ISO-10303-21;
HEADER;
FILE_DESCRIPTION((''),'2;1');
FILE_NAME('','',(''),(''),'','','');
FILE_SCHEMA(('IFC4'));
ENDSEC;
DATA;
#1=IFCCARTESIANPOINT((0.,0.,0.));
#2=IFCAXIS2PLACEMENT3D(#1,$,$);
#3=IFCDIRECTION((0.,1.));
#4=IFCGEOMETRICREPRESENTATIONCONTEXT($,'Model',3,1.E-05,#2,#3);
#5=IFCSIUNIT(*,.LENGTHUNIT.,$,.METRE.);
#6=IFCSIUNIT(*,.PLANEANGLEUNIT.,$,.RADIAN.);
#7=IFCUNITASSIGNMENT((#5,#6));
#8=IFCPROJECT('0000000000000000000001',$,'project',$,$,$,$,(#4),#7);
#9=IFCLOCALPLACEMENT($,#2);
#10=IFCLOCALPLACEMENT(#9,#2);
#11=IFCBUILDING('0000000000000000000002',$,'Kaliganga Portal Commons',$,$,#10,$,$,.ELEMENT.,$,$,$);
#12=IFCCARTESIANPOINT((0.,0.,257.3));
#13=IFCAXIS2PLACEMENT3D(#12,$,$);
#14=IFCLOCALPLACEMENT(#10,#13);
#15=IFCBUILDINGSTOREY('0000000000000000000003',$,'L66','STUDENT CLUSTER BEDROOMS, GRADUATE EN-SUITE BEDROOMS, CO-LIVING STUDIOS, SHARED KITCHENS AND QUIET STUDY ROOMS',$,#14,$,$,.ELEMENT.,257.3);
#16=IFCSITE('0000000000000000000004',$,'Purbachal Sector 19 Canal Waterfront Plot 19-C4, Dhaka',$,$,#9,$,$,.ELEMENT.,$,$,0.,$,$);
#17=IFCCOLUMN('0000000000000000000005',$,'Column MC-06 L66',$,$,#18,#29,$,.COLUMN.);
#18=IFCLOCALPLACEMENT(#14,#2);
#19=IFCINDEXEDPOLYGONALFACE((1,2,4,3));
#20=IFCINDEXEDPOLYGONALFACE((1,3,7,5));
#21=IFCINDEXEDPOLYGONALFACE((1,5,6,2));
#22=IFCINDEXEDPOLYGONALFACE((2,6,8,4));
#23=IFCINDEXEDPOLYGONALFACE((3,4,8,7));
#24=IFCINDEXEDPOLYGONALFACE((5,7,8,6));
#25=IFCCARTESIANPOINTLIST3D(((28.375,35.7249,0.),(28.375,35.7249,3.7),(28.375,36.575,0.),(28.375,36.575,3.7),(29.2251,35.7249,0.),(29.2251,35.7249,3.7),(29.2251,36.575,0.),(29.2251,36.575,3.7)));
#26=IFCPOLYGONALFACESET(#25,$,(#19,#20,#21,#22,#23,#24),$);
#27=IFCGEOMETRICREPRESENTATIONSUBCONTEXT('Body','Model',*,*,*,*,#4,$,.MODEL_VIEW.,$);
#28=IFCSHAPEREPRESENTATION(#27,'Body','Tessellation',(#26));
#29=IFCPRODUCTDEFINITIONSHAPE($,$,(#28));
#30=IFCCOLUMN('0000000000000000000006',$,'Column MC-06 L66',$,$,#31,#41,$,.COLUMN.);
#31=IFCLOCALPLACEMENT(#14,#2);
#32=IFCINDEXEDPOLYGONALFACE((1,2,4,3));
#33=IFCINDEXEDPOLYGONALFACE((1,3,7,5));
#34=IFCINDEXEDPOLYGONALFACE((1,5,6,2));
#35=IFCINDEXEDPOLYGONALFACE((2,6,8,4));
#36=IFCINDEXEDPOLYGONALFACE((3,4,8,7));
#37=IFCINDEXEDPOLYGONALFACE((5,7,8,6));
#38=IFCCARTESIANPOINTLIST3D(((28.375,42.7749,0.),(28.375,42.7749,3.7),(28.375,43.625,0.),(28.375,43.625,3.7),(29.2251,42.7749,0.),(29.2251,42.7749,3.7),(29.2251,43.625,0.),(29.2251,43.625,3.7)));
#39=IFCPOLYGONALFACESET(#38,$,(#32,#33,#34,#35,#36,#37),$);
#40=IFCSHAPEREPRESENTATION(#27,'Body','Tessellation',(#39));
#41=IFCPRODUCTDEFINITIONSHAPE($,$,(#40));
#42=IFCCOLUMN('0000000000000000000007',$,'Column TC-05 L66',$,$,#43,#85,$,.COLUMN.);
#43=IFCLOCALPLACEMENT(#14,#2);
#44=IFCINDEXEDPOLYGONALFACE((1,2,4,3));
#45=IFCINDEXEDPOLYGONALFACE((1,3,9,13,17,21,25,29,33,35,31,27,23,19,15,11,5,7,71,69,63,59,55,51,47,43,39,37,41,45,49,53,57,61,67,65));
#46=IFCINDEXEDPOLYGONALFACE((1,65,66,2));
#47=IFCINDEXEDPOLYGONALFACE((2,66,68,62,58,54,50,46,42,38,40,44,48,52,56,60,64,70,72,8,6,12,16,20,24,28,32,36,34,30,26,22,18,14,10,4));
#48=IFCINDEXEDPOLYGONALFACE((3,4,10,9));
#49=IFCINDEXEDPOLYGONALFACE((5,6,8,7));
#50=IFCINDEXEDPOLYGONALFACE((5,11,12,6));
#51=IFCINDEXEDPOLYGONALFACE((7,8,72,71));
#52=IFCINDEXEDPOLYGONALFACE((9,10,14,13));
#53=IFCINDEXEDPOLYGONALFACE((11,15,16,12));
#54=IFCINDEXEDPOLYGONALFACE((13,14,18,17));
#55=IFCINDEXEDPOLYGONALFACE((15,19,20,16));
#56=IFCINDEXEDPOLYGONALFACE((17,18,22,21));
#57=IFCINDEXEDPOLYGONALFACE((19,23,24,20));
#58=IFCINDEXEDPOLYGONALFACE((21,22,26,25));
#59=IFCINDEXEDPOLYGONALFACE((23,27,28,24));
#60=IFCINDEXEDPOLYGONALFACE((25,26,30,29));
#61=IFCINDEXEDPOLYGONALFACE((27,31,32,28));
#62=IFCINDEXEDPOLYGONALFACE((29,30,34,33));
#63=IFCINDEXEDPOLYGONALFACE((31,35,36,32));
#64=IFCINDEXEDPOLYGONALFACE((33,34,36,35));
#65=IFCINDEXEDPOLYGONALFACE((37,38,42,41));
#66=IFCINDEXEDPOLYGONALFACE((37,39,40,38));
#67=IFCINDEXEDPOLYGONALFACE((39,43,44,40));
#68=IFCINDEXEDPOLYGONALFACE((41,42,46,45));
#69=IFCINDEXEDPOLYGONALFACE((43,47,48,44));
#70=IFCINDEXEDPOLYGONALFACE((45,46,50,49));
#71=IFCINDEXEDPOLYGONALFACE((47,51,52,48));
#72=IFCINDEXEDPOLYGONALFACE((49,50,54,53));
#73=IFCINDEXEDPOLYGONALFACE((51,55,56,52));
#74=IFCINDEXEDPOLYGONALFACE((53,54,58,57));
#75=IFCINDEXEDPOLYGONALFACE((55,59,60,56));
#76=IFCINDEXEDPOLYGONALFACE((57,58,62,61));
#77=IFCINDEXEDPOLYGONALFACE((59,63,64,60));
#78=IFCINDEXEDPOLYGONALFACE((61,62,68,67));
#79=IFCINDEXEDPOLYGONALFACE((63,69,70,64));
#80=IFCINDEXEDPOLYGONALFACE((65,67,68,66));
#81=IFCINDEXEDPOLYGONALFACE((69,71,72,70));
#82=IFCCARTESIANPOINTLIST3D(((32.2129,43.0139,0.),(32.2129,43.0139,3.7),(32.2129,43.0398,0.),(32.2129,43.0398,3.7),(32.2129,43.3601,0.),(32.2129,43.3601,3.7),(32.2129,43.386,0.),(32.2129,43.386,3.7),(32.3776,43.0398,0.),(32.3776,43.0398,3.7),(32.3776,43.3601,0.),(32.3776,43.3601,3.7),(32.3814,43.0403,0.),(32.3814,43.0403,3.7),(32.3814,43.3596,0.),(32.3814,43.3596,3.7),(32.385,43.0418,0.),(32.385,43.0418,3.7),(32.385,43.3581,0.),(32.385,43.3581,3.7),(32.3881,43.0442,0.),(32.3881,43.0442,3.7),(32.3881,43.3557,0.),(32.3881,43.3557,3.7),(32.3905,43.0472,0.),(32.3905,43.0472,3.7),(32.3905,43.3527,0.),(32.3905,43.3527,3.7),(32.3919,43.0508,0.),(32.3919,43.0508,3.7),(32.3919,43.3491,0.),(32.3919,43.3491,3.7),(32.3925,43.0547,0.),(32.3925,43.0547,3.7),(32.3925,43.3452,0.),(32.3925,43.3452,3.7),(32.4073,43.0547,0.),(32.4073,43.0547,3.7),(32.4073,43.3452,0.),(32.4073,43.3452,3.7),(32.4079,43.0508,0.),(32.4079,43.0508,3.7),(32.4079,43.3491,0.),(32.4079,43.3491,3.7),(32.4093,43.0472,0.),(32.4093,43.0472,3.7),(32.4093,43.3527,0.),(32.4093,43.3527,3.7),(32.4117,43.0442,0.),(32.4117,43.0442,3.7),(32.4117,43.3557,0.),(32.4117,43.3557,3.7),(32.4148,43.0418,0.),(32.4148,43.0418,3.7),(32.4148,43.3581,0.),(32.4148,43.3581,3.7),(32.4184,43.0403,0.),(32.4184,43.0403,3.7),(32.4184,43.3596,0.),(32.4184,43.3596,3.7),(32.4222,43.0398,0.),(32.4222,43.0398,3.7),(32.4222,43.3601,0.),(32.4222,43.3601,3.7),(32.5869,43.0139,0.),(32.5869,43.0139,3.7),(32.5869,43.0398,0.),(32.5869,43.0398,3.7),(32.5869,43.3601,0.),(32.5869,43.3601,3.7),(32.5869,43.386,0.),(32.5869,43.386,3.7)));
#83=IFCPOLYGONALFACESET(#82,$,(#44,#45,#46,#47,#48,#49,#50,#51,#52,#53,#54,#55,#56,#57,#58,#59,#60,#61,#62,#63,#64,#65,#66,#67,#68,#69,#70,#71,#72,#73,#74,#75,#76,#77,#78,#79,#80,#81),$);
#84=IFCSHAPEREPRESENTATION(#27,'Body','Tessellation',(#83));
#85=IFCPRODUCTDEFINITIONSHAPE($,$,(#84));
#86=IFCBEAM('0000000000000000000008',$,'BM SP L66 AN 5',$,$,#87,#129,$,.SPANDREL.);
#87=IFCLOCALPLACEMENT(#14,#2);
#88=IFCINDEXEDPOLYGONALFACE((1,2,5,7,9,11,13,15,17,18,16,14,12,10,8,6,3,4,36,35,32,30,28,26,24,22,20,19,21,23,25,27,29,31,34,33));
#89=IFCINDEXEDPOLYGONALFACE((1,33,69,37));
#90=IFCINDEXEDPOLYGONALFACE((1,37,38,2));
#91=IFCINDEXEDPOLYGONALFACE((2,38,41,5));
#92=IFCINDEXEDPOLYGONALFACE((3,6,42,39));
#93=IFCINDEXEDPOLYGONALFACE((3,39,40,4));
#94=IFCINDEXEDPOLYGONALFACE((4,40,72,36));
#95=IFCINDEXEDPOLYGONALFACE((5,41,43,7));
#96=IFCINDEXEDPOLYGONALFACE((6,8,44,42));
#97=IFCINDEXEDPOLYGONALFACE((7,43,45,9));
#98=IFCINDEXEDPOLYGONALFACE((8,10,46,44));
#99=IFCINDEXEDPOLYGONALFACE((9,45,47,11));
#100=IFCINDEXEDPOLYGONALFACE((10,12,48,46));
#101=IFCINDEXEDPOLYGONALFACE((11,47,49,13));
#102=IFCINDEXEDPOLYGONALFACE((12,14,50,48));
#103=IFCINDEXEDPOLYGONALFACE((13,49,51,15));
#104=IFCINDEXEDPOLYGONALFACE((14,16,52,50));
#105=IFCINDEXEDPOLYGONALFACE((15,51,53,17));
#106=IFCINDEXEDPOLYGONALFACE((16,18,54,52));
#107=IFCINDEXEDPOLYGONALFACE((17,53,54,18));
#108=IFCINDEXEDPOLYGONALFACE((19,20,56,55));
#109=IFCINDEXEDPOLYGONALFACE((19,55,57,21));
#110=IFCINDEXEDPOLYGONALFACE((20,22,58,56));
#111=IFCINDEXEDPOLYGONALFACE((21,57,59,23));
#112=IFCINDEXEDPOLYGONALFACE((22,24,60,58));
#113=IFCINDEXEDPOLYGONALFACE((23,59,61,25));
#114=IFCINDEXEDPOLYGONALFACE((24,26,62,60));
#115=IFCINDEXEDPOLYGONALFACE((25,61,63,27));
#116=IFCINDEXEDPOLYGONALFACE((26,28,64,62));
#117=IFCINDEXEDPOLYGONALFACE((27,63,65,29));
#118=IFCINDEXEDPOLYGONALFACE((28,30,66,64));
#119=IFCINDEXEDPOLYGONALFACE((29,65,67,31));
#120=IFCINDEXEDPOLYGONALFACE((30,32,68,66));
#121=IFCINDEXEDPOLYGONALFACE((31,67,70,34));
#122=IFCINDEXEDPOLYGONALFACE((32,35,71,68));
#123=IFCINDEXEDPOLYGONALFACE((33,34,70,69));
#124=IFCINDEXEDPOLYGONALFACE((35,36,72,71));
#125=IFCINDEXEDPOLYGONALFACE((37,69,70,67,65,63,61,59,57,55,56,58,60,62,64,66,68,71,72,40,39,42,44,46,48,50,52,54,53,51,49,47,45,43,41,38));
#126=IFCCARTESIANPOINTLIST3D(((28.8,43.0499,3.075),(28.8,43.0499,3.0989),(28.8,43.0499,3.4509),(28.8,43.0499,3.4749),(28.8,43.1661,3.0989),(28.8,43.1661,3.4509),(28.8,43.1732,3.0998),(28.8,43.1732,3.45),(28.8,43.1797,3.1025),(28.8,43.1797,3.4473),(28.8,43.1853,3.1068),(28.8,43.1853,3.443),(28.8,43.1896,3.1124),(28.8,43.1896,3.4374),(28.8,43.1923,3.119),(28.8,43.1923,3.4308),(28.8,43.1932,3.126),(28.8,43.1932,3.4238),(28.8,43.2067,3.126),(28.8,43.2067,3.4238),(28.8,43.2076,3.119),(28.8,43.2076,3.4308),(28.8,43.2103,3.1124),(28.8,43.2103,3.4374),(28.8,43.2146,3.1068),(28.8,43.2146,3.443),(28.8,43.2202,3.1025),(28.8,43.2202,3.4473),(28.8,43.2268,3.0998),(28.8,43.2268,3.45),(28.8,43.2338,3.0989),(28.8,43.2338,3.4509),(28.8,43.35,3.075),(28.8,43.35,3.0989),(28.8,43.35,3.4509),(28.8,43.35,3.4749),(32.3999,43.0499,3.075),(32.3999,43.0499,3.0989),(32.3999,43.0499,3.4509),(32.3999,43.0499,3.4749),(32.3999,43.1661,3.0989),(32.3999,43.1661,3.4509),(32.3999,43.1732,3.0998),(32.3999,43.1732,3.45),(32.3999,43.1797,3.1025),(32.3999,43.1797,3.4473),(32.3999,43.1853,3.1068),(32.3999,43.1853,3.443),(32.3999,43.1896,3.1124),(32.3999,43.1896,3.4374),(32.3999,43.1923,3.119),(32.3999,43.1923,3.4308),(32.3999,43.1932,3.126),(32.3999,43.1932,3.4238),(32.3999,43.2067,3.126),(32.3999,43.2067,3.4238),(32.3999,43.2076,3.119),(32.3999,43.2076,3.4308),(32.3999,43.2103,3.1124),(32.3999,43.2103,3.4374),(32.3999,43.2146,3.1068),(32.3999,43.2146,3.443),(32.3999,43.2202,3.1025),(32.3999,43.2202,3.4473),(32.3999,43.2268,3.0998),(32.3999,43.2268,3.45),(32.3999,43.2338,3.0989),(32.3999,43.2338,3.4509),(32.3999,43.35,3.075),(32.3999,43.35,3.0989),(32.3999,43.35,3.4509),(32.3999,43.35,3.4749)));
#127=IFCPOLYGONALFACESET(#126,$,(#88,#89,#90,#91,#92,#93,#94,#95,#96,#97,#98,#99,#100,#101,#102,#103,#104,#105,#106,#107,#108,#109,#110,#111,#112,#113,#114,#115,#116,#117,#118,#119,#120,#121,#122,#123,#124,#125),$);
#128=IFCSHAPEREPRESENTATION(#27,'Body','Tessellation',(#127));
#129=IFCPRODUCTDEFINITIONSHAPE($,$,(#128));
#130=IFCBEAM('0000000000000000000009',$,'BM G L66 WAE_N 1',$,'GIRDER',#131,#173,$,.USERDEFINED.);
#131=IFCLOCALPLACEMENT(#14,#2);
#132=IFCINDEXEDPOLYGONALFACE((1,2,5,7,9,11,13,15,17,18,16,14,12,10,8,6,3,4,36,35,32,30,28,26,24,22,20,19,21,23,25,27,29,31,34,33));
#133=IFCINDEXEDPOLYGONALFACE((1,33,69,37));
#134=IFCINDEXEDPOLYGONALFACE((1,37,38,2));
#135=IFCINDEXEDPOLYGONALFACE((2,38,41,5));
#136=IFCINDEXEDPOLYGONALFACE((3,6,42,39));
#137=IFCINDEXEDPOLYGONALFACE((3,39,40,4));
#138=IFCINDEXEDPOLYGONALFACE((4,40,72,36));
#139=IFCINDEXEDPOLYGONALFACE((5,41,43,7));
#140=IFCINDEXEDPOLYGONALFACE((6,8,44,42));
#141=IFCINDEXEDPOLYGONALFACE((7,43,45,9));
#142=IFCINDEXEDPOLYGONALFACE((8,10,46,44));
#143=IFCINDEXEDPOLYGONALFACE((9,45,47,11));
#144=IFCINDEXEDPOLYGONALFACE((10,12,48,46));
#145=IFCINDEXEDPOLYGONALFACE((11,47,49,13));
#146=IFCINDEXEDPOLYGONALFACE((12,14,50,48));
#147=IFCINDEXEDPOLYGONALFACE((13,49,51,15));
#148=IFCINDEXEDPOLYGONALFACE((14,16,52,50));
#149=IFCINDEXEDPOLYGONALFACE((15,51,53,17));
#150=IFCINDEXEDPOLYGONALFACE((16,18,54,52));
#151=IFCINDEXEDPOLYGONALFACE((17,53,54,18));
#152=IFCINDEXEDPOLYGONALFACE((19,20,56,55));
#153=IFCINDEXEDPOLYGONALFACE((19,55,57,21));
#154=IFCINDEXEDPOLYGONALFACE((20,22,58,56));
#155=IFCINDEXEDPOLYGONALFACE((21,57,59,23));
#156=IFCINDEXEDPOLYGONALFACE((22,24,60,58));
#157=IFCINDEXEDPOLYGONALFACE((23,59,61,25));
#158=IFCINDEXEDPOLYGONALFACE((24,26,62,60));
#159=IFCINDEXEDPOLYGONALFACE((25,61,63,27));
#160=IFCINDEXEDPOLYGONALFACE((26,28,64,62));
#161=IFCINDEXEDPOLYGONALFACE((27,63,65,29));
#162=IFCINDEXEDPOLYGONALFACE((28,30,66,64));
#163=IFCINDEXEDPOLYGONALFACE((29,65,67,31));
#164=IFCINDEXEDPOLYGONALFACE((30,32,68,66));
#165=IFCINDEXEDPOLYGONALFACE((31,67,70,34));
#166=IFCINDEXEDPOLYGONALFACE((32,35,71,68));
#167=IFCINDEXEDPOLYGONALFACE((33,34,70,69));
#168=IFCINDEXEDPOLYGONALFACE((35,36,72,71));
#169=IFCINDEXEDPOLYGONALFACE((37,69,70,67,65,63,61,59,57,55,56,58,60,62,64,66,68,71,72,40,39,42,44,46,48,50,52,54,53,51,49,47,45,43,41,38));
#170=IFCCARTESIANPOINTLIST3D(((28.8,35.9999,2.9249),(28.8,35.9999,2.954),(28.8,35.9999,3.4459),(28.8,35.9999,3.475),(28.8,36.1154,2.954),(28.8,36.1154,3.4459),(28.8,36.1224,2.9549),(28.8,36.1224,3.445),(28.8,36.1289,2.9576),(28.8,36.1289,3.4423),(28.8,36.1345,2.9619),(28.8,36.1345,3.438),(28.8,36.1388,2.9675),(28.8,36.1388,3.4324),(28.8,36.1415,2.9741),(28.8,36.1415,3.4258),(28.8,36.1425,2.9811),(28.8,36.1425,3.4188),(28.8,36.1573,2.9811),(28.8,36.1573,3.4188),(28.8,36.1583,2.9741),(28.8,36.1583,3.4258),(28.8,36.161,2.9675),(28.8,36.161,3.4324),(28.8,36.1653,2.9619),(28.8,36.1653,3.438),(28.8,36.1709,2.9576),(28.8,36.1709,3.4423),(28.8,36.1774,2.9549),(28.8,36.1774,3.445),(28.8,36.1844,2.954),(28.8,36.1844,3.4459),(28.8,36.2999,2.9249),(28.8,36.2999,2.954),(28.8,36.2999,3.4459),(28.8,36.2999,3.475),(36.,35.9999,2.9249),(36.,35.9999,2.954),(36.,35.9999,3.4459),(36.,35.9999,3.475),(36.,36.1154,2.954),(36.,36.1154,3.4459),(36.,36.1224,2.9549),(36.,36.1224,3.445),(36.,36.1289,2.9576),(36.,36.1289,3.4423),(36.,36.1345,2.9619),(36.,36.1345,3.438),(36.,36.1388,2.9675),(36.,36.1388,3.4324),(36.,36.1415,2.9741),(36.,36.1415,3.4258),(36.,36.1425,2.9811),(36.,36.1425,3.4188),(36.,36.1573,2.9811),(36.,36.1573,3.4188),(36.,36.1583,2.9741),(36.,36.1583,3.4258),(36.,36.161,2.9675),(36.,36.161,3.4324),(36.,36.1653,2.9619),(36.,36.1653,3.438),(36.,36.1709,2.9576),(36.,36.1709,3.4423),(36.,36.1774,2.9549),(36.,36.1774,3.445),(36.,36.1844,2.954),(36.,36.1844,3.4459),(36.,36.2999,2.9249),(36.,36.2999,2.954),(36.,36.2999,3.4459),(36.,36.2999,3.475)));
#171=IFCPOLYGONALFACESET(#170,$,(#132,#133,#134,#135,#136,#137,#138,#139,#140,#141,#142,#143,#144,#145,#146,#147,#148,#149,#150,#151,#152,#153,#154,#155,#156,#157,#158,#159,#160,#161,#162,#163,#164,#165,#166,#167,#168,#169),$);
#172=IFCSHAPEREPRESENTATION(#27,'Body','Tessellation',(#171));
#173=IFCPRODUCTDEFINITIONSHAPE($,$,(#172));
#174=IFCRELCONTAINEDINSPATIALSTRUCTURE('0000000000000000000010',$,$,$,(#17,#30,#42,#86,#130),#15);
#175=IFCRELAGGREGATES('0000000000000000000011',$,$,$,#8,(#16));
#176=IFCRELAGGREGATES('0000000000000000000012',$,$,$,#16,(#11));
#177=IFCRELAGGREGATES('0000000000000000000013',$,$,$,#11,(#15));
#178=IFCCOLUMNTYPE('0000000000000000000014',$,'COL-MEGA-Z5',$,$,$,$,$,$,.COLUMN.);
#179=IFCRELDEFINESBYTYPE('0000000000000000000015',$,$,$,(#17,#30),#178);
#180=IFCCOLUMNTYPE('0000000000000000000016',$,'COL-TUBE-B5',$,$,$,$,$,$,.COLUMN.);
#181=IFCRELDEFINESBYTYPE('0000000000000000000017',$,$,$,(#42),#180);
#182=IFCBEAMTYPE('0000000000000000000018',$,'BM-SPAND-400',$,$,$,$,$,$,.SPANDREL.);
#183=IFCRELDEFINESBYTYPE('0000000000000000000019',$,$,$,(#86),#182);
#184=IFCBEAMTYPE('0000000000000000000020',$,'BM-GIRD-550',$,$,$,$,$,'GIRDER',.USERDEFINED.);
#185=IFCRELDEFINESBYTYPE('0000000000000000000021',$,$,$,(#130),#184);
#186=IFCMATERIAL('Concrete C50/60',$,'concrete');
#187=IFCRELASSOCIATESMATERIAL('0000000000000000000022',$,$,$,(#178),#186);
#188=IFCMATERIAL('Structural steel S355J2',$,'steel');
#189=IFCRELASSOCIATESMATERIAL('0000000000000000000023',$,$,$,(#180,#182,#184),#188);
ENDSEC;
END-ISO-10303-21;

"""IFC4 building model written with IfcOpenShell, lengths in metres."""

from ifc_helpers import new_model, si_unit, direction, frame, origin, origin_2d, place, context, subcontext, project, spatial, rectangle, i_section, extrude, source, transform, mapped, material, material_profile, profile_set, type_object, element, save


model = new_model("IFC4")

# Units and contexts
model_context = context("Model", 3, precision=1e-05, world=origin(), true_north=direction((0.0, 1.0)))
body_context = subcontext(model_context, "Body", "Model", "MODEL_VIEW")
ifc_project = project(units=[si_unit("LENGTHUNIT", "METRE"), si_unit("PLANEANGLEUNIT", "RADIAN")], contexts=[model_context])

# Site, building, storey
site_placement = place(None, origin())
site = spatial("IfcSite", under=ifc_project, at=site_placement, Name="Purbachal Sector 19 Canal Waterfront Plot 19-C4, Dhaka", CompositionType="ELEMENT", RefElevation=0.0)
building_placement = place(site_placement, origin())
building = spatial("IfcBuilding", under=site, at=building_placement, Name="Kaliganga Portal Commons", CompositionType="ELEMENT")
storey_placement = place(building_placement, frame((0.0, 0.0, 257.3)))
storey = spatial("IfcBuildingStorey", under=building, at=storey_placement, Name="L66", Description="STUDENT CLUSTER BEDROOMS, GRADUATE EN-SUITE BEDROOMS, CO-LIVING STUDIOS, SHARED KITCHENS AND QUIET STUDY ROOMS", CompositionType="ELEMENT", Elevation=257.3)

# Columns
ifc_material_1 = material(Name="Concrete C50/60", Category="concrete")
ifc_material_profile_1 = material_profile(ifc_material_1, rectangle(XDim=0.8501, YDim=0.8501, at=origin_2d()), Name="RC 850x850")
ifc_profile_set_1 = profile_set([ifc_material_profile_1], Name="Concrete C50/60")
column_type_1 = type_object("IfcColumnType", Name="COL-MEGA-Z5", PredefinedType="COLUMN", material=ifc_profile_set_1)
shared_shape_1 = source(origin(), body_context, "Body", "SweptSolid", [
    extrude(rectangle(XDim=0.8501, YDim=0.8501, at=origin_2d()), origin(), (0.0, 0.0, 1.0), 3.7),
])
for number, where, z_axis, x_axis, name in (
    (1, (28.8, 36.1499, 0.0), (0.0, 0.0, 1.0), (1.0, 0.0, 0.0), "Column MC-06 L66"),
    (2, (28.8, 43.2, 0.0), (0.0, 0.0, 1.0), (1.0, 0.0, 0.0), "Column MC-06 L66"),
):
    element("IfcColumn", number, at=place(storey_placement, frame(where, z_axis=z_axis, x_axis=x_axis)), inside=storey, type_object=column_type_1, Name=name, PredefinedType="COLUMN", context=body_context, shape_type="MappedRepresentation", body=[
        mapped(shared_shape_1, transform((0.0, 0.0, 0.0), x_axis=(1.0, 0.0, 0.0), y_axis=(0.0, 1.0, 0.0), z_axis=(0.0, 0.0, 1.0), scale=1.0)),
    ])
ifc_material_2 = material(Name="Structural steel S355J2", Category="steel")
ifc_material_profile_2 = material_profile(ifc_material_2, i_section(OverallWidth=0.374, OverallDepth=0.3721, WebThickness=0.0149, FlangeThickness=0.0259, FilletRadius=0.0149, at=origin_2d()), Name="HD 360x196")
ifc_profile_set_2 = profile_set([ifc_material_profile_2], Name="Structural steel S355J2 wide-flange")
column_type_2 = type_object("IfcColumnType", Name="COL-TUBE-B5", PredefinedType="COLUMN", material=ifc_profile_set_2)
shared_shape_2 = source(origin(), body_context, "Body", "SweptSolid", [
    extrude(i_section(OverallWidth=0.374, OverallDepth=0.3721, WebThickness=0.0149, FlangeThickness=0.0259, FilletRadius=0.0149, at=origin_2d()), origin(), (0.0, 0.0, 1.0), 3.7),
])
column_placement = place(storey_placement, frame((32.3999, 43.2, 0.0), z_axis=(0.0, 0.0, 1.0), x_axis=(1.0, 0.0, 0.0)))
element("IfcColumn", 3, at=column_placement, inside=storey, type_object=column_type_2, Name="Column TC-05 L66", PredefinedType="COLUMN", context=body_context, shape_type="MappedRepresentation", body=[
    mapped(shared_shape_2, transform((0.0, 0.0, 0.0), x_axis=(1.0, 0.0, 0.0), y_axis=(0.0, 1.0, 0.0), z_axis=(0.0, 0.0, 1.0), scale=1.0)),
])

# Beams
ifc_material_profile_3 = material_profile(ifc_material_2, i_section(OverallWidth=0.3, OverallDepth=0.3999, WebThickness=0.0134, FlangeThickness=0.0239, FilletRadius=0.0271, at=origin_2d()), Name="HE 400 B")
ifc_profile_set_3 = profile_set([ifc_material_profile_3], Name="Structural steel S355J2 wide-flange")
beam_type_1 = type_object("IfcBeamType", Name="BM-SPAND-400", PredefinedType="SPANDREL", material=ifc_profile_set_3)
shared_shape_3 = source(origin(), body_context, "Body", "SweptSolid", [
    extrude(i_section(OverallWidth=0.3, OverallDepth=0.3999, WebThickness=0.0134, FlangeThickness=0.0239, FilletRadius=0.0271, at=origin_2d()), origin(), (0.0, 0.0, 1.0), 3.5999),
])
beam_1_placement = place(storey_placement, frame((28.8, 43.2, 3.2749), z_axis=(1.0, 0.0, 0.0), x_axis=(0.0, 1.0, 0.0)))
element("IfcBeam", 4, at=beam_1_placement, inside=storey, type_object=beam_type_1, Name="BM SP L66 AN 5", PredefinedType="SPANDREL", context=body_context, shape_type="MappedRepresentation", body=[
    mapped(shared_shape_3, transform((0.0, 0.0, 0.0), x_axis=(1.0, 0.0, 0.0), y_axis=(0.0, 1.0, 0.0), z_axis=(0.0, 0.0, 1.0), scale=1.0)),
])
ifc_material_profile_4 = material_profile(ifc_material_2, i_section(OverallWidth=0.3, OverallDepth=0.55, WebThickness=0.0149, FlangeThickness=0.0291, FilletRadius=0.0271, at=origin_2d()), Name="HE 550 B")
ifc_profile_set_4 = profile_set([ifc_material_profile_4], Name="Structural steel S355J2 wide-flange")
beam_type_2 = type_object("IfcBeamType", Name="BM-GIRD-550", ElementType="GIRDER", PredefinedType="USERDEFINED", material=ifc_profile_set_4)
shared_shape_4 = source(origin(), body_context, "Body", "SweptSolid", [
    extrude(i_section(OverallWidth=0.3, OverallDepth=0.55, WebThickness=0.0149, FlangeThickness=0.0291, FilletRadius=0.0271, at=origin_2d()), origin(), (0.0, 0.0, 1.0), 7.2),
])
beam_2_placement = place(storey_placement, frame((28.8, 36.1499, 3.2), z_axis=(1.0, 0.0, 0.0), x_axis=(0.0, 1.0, 0.0)))
element("IfcBeam", 5, at=beam_2_placement, inside=storey, type_object=beam_type_2, Name="BM G L66 WAE_N 1", ObjectType="GIRDER", PredefinedType="USERDEFINED", context=body_context, shape_type="MappedRepresentation", body=[
    mapped(shared_shape_4, transform((0.0, 0.0, 0.0), x_axis=(1.0, 0.0, 0.0), y_axis=(0.0, 1.0, 0.0), z_axis=(0.0, 0.0, 1.0), scale=1.0)),
])

save(model, "model.ifc")
